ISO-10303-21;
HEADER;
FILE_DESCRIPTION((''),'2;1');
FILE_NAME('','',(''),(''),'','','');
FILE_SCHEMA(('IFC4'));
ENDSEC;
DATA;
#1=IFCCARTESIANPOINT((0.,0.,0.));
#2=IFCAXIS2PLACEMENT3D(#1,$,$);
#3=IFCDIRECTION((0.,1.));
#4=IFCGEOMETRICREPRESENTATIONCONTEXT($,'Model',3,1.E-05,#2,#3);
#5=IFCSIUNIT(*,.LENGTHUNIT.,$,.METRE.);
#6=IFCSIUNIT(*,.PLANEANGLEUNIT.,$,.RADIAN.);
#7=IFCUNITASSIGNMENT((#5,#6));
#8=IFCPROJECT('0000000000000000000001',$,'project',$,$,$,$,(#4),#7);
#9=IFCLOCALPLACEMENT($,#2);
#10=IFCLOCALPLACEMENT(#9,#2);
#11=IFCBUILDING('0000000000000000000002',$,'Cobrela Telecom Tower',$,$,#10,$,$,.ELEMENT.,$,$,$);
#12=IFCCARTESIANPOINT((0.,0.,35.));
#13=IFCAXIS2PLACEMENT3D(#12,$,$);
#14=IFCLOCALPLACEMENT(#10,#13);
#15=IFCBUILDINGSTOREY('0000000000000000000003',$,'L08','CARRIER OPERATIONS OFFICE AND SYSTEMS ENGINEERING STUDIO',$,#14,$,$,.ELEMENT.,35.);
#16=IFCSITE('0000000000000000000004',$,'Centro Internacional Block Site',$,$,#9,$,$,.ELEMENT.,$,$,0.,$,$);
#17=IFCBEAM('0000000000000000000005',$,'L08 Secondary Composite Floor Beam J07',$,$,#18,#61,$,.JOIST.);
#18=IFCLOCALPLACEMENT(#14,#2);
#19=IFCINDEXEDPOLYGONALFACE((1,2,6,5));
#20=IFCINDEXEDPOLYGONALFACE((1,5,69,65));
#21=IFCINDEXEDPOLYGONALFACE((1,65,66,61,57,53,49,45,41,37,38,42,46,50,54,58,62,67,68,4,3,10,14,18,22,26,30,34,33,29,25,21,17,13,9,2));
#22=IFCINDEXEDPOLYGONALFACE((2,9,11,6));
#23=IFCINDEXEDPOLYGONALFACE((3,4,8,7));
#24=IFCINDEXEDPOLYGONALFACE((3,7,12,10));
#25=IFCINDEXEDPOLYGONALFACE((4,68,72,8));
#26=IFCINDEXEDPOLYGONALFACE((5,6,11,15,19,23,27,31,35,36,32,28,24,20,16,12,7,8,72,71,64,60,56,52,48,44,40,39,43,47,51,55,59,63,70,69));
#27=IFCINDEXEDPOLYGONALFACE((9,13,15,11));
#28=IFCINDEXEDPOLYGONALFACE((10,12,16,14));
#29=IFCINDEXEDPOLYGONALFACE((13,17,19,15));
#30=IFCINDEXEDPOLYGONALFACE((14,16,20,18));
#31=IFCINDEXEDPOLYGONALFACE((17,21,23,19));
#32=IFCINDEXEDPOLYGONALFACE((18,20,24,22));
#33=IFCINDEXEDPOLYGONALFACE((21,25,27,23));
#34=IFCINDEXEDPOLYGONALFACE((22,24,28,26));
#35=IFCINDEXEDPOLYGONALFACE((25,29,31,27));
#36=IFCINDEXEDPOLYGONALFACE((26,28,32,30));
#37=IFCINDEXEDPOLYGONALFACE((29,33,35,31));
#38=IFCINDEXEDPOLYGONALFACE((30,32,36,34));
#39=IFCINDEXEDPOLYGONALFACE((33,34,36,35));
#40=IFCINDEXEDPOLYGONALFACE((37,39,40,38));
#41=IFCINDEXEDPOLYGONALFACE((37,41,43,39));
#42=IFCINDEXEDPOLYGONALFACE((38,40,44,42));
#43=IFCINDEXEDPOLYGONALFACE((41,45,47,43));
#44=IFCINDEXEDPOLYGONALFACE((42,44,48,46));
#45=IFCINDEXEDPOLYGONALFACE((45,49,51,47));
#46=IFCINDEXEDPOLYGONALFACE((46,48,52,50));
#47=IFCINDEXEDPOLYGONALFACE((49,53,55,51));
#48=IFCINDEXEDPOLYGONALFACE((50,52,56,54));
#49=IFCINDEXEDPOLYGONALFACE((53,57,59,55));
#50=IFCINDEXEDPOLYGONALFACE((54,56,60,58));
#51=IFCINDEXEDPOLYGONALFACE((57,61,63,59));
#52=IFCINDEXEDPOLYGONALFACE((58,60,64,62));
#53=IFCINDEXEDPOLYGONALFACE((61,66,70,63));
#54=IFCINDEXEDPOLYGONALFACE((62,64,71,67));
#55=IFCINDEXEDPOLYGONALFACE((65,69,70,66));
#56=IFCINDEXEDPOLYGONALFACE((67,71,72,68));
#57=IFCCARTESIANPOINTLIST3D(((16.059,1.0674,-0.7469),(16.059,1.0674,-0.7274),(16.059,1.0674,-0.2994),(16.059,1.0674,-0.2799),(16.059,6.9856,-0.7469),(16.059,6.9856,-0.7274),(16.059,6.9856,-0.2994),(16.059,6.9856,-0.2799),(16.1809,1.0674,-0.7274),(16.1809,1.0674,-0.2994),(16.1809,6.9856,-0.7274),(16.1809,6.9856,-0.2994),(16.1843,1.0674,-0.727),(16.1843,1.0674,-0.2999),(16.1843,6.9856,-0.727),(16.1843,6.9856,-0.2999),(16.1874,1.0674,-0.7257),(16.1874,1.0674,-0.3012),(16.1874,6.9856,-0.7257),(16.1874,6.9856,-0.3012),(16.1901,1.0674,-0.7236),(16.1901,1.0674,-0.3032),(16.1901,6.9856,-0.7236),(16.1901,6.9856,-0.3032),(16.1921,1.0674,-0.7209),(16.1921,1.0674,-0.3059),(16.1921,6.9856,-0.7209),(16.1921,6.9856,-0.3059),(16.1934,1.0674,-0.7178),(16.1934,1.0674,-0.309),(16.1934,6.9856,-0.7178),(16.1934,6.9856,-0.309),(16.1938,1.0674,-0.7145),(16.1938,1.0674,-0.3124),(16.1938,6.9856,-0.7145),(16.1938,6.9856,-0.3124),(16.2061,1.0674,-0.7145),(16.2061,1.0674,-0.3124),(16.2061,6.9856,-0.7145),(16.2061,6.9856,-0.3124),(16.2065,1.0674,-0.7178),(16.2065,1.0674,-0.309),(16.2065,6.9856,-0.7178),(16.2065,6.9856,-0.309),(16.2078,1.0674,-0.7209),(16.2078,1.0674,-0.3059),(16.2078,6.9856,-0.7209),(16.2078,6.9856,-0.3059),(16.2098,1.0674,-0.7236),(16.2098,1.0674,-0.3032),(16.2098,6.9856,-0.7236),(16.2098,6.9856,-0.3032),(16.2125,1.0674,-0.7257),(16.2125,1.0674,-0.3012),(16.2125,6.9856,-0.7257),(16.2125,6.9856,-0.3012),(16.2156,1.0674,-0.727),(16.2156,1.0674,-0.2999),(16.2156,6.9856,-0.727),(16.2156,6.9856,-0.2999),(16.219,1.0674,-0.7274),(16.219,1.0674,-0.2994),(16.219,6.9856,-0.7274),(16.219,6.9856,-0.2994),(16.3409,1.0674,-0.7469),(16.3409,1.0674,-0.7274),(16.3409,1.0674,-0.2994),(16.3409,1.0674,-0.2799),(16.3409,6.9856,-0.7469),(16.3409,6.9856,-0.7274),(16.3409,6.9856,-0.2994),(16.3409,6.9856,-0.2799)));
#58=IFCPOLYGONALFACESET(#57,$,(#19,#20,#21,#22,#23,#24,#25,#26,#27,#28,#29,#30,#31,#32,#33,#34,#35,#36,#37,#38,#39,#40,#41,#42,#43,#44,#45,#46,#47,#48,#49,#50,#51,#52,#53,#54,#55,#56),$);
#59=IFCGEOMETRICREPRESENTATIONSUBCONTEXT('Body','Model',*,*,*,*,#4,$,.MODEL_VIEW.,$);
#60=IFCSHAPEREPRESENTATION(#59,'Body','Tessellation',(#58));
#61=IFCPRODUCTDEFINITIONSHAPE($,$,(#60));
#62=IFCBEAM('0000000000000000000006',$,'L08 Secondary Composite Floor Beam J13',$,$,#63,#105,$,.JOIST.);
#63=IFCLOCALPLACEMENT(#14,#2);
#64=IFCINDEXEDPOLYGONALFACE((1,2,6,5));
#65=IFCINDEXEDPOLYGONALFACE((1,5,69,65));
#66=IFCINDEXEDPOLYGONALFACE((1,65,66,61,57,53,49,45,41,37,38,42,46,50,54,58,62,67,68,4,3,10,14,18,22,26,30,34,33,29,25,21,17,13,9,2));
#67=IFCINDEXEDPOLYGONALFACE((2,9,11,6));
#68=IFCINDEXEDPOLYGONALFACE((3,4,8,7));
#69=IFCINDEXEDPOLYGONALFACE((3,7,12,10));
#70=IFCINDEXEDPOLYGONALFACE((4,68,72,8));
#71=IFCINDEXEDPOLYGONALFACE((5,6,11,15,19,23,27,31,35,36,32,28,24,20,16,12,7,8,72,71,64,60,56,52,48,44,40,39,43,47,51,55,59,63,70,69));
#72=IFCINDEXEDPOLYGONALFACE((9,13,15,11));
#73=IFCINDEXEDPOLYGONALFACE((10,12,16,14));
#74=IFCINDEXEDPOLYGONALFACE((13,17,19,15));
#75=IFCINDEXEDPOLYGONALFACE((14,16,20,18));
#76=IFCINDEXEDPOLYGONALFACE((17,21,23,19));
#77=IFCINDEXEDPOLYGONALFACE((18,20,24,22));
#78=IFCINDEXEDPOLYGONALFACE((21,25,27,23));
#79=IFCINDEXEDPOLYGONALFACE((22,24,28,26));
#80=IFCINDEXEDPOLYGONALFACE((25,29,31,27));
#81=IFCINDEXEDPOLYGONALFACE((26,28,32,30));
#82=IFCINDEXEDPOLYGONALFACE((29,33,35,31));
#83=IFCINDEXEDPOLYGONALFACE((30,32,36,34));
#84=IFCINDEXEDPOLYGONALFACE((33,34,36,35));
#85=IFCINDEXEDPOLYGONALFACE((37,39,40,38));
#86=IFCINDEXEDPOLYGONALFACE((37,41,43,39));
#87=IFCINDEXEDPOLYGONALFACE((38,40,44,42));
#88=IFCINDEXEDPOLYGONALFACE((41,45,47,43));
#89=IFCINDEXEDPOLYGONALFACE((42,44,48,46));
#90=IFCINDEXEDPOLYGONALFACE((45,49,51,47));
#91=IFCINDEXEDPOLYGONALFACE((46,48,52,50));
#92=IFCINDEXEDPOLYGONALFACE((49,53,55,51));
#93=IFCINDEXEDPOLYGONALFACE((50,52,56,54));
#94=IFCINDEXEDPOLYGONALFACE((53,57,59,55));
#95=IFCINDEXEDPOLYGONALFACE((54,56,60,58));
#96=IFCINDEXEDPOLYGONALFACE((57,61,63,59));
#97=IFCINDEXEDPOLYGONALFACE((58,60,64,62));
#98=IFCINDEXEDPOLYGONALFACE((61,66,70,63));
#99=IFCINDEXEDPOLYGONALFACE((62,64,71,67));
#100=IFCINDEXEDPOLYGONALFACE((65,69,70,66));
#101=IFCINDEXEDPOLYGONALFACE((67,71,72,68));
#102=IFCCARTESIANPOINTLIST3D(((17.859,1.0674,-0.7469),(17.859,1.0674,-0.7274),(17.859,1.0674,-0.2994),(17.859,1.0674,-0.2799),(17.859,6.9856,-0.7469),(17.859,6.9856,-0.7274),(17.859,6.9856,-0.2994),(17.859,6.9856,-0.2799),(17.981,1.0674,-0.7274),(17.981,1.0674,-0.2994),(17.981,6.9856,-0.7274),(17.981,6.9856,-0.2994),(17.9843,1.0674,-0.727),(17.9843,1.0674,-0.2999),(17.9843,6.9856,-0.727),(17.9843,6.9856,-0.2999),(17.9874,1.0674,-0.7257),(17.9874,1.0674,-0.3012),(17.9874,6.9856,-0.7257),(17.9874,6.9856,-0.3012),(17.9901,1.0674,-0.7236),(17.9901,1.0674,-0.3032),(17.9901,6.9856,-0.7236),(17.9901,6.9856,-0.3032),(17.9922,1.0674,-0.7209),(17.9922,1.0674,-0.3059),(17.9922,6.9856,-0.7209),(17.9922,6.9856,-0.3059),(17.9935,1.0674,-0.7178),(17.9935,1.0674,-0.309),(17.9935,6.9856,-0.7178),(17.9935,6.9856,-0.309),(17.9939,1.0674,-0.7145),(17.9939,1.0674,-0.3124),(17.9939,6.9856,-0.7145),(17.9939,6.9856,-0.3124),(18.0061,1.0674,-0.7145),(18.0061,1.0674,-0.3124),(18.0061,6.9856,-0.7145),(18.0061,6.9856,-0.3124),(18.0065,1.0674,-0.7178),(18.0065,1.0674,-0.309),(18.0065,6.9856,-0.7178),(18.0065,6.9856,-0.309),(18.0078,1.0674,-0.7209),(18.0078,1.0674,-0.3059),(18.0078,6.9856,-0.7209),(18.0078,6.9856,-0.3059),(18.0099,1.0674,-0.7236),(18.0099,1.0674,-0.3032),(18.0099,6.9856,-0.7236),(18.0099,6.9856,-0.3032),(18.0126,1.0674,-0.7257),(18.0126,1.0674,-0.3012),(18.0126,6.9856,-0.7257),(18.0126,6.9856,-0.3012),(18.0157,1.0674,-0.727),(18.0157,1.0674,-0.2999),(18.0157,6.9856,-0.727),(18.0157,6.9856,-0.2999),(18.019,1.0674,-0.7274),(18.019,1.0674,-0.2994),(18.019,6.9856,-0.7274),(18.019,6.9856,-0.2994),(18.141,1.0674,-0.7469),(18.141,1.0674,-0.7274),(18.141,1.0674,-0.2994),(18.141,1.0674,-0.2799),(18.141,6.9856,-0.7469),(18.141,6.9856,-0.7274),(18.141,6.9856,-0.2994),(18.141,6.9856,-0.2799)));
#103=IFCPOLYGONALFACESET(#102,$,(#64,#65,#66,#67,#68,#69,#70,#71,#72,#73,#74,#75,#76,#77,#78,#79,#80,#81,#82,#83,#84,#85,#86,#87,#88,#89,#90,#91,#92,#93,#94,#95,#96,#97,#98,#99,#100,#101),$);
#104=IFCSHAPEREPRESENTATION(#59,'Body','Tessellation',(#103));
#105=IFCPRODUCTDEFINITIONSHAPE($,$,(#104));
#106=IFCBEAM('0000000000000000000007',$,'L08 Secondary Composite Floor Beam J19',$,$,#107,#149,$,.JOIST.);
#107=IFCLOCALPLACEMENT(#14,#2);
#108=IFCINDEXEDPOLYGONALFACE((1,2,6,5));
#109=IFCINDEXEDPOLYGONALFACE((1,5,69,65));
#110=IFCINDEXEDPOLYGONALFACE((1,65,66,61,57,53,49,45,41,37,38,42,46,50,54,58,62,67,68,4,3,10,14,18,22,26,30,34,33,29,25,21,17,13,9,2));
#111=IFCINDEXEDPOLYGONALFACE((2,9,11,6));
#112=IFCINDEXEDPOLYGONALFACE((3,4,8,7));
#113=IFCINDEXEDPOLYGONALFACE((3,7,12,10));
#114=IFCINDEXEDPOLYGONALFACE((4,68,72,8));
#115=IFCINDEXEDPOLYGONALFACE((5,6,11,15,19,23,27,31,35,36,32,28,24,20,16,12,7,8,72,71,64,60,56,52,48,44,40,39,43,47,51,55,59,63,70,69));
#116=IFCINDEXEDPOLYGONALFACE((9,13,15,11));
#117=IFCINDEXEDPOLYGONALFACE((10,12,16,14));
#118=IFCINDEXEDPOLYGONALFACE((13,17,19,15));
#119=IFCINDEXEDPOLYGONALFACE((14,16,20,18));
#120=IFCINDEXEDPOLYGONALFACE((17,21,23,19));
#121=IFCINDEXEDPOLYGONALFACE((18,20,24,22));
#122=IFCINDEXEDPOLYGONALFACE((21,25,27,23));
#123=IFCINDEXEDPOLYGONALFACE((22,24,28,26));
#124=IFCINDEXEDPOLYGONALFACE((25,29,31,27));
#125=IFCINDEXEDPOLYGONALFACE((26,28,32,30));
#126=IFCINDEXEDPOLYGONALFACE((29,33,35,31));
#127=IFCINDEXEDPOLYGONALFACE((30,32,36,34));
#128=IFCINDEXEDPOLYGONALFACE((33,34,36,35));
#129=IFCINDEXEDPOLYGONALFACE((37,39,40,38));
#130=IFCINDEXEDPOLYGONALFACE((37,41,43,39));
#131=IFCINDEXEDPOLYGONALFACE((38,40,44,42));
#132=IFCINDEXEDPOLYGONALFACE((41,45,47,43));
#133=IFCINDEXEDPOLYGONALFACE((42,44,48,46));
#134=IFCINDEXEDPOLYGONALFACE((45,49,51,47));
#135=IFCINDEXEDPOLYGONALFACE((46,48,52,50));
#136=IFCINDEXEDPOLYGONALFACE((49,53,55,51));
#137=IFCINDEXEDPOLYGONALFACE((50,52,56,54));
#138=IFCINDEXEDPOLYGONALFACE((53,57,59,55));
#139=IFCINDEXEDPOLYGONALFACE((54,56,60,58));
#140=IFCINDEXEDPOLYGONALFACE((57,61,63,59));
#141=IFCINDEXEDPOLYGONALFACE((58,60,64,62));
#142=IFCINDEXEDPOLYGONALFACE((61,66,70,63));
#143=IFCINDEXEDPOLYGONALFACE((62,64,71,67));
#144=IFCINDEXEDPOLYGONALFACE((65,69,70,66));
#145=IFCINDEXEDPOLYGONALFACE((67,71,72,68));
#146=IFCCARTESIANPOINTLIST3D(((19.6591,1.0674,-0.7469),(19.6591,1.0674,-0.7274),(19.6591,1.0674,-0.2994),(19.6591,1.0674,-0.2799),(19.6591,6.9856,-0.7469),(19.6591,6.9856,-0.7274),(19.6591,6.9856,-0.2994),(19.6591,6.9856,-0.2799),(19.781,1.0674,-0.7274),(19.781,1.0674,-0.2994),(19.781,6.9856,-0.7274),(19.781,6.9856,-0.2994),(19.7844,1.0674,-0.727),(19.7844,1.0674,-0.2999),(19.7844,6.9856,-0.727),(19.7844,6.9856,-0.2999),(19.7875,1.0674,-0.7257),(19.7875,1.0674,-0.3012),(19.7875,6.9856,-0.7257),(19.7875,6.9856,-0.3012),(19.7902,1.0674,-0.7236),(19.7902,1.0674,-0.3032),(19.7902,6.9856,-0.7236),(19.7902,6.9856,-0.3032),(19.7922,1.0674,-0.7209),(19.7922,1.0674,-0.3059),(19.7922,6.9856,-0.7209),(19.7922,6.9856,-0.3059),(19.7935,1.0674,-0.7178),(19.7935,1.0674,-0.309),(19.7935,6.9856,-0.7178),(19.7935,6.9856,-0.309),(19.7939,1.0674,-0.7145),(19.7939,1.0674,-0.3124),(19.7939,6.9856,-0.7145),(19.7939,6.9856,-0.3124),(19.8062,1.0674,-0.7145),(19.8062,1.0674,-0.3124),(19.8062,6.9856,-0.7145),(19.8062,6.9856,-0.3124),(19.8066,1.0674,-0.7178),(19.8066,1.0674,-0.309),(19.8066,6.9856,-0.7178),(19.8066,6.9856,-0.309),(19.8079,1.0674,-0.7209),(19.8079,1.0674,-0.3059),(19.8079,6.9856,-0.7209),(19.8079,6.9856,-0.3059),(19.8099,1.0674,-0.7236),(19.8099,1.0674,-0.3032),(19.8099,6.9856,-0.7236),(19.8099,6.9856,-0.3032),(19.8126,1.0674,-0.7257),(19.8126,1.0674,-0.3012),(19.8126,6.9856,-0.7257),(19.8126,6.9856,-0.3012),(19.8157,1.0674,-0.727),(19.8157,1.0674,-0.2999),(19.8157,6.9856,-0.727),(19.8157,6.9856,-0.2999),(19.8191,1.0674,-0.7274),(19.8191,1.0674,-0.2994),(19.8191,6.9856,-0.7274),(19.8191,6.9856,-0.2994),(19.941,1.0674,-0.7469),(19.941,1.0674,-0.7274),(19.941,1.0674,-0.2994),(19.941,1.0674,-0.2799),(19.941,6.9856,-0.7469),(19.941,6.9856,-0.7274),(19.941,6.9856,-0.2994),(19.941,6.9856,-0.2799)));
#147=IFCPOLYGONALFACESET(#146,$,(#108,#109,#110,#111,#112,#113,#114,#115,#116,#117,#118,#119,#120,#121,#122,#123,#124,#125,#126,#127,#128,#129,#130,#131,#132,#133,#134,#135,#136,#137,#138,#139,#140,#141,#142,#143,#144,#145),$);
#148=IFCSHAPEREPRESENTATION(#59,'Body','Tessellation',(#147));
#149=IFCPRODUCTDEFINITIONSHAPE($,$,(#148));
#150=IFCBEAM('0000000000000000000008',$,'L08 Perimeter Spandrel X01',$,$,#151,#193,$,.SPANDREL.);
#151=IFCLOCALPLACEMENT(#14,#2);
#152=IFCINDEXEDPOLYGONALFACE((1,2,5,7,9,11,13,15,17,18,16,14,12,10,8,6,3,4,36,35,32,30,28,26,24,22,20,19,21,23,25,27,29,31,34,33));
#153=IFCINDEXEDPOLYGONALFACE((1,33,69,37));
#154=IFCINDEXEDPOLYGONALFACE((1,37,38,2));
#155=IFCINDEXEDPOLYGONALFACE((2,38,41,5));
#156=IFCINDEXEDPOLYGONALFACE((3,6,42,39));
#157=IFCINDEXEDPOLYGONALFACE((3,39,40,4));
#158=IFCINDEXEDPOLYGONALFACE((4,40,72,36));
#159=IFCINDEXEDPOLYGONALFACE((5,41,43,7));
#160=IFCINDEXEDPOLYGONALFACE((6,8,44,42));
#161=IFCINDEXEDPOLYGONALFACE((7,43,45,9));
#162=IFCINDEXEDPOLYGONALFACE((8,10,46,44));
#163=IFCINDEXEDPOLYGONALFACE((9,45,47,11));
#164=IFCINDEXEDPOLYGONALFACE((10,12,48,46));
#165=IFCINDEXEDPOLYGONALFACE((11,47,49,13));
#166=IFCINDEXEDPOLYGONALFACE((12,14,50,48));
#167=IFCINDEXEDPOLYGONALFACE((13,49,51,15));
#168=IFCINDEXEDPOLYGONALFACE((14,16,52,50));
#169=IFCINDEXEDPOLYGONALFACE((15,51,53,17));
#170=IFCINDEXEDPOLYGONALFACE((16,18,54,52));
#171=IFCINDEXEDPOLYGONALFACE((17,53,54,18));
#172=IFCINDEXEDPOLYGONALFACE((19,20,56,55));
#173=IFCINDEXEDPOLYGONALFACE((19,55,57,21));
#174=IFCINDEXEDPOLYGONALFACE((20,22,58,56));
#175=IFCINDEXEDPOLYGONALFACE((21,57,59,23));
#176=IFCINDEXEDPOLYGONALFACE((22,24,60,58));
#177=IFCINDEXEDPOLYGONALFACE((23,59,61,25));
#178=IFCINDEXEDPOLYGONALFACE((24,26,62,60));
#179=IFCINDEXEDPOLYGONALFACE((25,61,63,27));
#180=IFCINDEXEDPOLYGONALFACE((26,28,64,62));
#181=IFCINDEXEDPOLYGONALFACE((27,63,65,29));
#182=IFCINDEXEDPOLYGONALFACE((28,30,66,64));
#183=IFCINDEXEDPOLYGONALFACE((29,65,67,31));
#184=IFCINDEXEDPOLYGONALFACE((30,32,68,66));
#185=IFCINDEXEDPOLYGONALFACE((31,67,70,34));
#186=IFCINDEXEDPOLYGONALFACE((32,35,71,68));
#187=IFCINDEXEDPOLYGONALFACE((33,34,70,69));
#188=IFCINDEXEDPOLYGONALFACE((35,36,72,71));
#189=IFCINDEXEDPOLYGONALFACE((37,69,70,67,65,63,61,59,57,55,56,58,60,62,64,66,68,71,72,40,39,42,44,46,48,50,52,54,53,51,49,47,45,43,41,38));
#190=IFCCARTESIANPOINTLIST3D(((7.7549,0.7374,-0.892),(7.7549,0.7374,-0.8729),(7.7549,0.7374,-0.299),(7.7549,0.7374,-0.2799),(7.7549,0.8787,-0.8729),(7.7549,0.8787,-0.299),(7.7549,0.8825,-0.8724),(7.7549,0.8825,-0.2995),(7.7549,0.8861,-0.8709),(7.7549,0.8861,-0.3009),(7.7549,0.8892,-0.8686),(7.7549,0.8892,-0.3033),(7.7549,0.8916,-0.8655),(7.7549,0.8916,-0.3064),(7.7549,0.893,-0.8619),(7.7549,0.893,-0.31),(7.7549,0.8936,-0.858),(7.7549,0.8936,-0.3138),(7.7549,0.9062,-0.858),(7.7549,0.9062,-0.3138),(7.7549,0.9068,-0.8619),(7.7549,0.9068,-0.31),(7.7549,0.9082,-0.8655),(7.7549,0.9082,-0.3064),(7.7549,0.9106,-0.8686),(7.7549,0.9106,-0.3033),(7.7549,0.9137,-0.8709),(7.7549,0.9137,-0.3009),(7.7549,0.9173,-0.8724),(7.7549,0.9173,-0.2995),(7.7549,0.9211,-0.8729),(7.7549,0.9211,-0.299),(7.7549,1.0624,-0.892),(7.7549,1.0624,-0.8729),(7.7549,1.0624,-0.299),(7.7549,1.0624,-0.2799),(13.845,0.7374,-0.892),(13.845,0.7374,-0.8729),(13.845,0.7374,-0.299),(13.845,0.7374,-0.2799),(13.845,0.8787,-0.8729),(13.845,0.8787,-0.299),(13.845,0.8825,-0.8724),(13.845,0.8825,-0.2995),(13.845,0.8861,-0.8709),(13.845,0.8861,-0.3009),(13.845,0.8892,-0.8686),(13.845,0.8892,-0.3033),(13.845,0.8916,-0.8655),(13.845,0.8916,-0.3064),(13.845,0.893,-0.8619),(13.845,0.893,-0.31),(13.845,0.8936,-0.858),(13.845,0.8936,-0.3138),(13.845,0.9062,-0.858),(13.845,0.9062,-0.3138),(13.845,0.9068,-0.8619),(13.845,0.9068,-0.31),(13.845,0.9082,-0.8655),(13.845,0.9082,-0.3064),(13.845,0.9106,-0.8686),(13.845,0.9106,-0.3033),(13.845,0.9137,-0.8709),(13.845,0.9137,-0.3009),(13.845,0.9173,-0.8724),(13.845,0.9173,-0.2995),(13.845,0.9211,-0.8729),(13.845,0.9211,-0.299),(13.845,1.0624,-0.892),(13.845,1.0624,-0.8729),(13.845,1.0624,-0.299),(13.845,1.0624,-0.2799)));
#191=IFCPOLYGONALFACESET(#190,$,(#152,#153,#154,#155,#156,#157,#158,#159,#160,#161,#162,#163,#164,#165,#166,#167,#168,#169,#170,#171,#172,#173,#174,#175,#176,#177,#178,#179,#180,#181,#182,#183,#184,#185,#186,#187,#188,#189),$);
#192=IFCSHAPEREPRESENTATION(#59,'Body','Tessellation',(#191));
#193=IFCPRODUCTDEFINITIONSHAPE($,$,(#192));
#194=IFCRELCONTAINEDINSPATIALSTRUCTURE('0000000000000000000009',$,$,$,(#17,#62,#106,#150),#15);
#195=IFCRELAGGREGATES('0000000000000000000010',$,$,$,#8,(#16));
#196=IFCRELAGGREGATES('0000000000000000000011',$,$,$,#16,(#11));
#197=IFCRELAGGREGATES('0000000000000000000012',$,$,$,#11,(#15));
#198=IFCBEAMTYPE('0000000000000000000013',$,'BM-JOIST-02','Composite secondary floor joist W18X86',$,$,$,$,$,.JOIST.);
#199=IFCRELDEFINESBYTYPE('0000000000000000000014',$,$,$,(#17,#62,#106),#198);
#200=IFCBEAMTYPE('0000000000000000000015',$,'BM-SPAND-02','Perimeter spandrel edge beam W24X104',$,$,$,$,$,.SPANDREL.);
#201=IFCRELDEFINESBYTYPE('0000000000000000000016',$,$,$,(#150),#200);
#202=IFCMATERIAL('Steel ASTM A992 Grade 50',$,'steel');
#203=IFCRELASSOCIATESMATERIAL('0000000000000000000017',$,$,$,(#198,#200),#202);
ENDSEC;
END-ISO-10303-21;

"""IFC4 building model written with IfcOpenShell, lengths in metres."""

from ifc_helpers import new_model, si_unit, direction, frame, origin, origin_2d, place, context, subcontext, project, spatial, i_section, extrude, material, material_profile, profile_set, type_object, element, save


model = new_model("IFC4")

# Units and contexts
model_context = context("Model", 3, precision=1e-05, world=origin(), true_north=direction((0.0, 1.0)))
body_context = subcontext(model_context, "Body", "Model", "MODEL_VIEW")
ifc_project = project(units=[si_unit("LENGTHUNIT", "METRE"), si_unit("PLANEANGLEUNIT", "RADIAN")], contexts=[model_context])

# Site, building, storey
site_placement = place(None, origin())
site = spatial("IfcSite", under=ifc_project, at=site_placement, Name="Centro Internacional Block Site", CompositionType="ELEMENT", RefElevation=0.0)
building_placement = place(site_placement, origin())
building = spatial("IfcBuilding", under=site, at=building_placement, Name="Cobrela Telecom Tower", CompositionType="ELEMENT")
storey_placement = place(building_placement, frame((0.0, 0.0, 35.0)))
storey = spatial("IfcBuildingStorey", under=building, at=storey_placement, Name="L08", Description="CARRIER OPERATIONS OFFICE AND SYSTEMS ENGINEERING STUDIO", CompositionType="ELEMENT", Elevation=35.0)

# Beams
ifc_material_1 = material(Name="Steel ASTM A992 Grade 50", Category="steel")
ifc_material_profile_1 = material_profile(ifc_material_1, i_section(OverallWidth=0.282, OverallDepth=0.467, WebThickness=0.0122, FlangeThickness=0.0195, FilletRadius=0.0129, at=origin_2d()), Name="W18X86")
ifc_profile_set_1 = profile_set([ifc_material_profile_1], Name="Steel ASTM A992 Grade 50")
beam_type_1 = type_object("IfcBeamType", Name="BM-JOIST-02", Description="Composite secondary floor joist W18X86", PredefinedType="JOIST", material=ifc_profile_set_1)
for number, where, z_axis, x_axis, name in (
    (1, (16.2, 1.0674, -0.5134), (0.0, 1.0, 0.0), (-1.0, 0.0, 0.0), "L08 Secondary Composite Floor Beam J07"),
    (2, (18.0, 1.0674, -0.5134), (0.0, 1.0, 0.0), (-1.0, 0.0, 0.0), "L08 Secondary Composite Floor Beam J13"),
    (3, (19.8, 1.0674, -0.5134), (0.0, 1.0, 0.0), (-1.0, 0.0, 0.0), "L08 Secondary Composite Floor Beam J19"),
):
    element("IfcBeam", number, at=place(storey_placement, frame(where, z_axis=z_axis, x_axis=x_axis)), inside=storey, type_object=beam_type_1, Name=name, PredefinedType="JOIST", context=body_context, shape_type="SweptSolid", body=[
        extrude(i_section(OverallWidth=0.282, OverallDepth=0.467, WebThickness=0.0122, FlangeThickness=0.0195, FilletRadius=0.0129, at=origin_2d()), origin(), (0.0, 0.0, 1.0), 5.9182),
    ])
ifc_material_profile_2 = material_profile(ifc_material_1, i_section(OverallWidth=0.325, OverallDepth=0.6121, WebThickness=0.0127, FlangeThickness=0.019, FilletRadius=0.0149, at=origin_2d()), Name="W24X104")
ifc_profile_set_2 = profile_set([ifc_material_profile_2], Name="Steel ASTM A992 Grade 50")
beam_type_2 = type_object("IfcBeamType", Name="BM-SPAND-02", Description="Perimeter spandrel edge beam W24X104", PredefinedType="SPANDREL", material=ifc_profile_set_2)
beam_1_placement = place(storey_placement, frame((7.7549, 0.8999, -0.5859), z_axis=(1.0, 0.0, 0.0), x_axis=(0.0, 1.0, 0.0)))
element("IfcBeam", 4, at=beam_1_placement, inside=storey, type_object=beam_type_2, Name="L08 Perimeter Spandrel X01", PredefinedType="SPANDREL", context=body_context, shape_type="SweptSolid", body=[
    extrude(i_section(OverallWidth=0.325, OverallDepth=0.6121, WebThickness=0.0127, FlangeThickness=0.019, FilletRadius=0.0149, at=origin_2d()), origin(), (0.0, 0.0, 1.0), 6.0901),
])

save(model, "model.ifc")
